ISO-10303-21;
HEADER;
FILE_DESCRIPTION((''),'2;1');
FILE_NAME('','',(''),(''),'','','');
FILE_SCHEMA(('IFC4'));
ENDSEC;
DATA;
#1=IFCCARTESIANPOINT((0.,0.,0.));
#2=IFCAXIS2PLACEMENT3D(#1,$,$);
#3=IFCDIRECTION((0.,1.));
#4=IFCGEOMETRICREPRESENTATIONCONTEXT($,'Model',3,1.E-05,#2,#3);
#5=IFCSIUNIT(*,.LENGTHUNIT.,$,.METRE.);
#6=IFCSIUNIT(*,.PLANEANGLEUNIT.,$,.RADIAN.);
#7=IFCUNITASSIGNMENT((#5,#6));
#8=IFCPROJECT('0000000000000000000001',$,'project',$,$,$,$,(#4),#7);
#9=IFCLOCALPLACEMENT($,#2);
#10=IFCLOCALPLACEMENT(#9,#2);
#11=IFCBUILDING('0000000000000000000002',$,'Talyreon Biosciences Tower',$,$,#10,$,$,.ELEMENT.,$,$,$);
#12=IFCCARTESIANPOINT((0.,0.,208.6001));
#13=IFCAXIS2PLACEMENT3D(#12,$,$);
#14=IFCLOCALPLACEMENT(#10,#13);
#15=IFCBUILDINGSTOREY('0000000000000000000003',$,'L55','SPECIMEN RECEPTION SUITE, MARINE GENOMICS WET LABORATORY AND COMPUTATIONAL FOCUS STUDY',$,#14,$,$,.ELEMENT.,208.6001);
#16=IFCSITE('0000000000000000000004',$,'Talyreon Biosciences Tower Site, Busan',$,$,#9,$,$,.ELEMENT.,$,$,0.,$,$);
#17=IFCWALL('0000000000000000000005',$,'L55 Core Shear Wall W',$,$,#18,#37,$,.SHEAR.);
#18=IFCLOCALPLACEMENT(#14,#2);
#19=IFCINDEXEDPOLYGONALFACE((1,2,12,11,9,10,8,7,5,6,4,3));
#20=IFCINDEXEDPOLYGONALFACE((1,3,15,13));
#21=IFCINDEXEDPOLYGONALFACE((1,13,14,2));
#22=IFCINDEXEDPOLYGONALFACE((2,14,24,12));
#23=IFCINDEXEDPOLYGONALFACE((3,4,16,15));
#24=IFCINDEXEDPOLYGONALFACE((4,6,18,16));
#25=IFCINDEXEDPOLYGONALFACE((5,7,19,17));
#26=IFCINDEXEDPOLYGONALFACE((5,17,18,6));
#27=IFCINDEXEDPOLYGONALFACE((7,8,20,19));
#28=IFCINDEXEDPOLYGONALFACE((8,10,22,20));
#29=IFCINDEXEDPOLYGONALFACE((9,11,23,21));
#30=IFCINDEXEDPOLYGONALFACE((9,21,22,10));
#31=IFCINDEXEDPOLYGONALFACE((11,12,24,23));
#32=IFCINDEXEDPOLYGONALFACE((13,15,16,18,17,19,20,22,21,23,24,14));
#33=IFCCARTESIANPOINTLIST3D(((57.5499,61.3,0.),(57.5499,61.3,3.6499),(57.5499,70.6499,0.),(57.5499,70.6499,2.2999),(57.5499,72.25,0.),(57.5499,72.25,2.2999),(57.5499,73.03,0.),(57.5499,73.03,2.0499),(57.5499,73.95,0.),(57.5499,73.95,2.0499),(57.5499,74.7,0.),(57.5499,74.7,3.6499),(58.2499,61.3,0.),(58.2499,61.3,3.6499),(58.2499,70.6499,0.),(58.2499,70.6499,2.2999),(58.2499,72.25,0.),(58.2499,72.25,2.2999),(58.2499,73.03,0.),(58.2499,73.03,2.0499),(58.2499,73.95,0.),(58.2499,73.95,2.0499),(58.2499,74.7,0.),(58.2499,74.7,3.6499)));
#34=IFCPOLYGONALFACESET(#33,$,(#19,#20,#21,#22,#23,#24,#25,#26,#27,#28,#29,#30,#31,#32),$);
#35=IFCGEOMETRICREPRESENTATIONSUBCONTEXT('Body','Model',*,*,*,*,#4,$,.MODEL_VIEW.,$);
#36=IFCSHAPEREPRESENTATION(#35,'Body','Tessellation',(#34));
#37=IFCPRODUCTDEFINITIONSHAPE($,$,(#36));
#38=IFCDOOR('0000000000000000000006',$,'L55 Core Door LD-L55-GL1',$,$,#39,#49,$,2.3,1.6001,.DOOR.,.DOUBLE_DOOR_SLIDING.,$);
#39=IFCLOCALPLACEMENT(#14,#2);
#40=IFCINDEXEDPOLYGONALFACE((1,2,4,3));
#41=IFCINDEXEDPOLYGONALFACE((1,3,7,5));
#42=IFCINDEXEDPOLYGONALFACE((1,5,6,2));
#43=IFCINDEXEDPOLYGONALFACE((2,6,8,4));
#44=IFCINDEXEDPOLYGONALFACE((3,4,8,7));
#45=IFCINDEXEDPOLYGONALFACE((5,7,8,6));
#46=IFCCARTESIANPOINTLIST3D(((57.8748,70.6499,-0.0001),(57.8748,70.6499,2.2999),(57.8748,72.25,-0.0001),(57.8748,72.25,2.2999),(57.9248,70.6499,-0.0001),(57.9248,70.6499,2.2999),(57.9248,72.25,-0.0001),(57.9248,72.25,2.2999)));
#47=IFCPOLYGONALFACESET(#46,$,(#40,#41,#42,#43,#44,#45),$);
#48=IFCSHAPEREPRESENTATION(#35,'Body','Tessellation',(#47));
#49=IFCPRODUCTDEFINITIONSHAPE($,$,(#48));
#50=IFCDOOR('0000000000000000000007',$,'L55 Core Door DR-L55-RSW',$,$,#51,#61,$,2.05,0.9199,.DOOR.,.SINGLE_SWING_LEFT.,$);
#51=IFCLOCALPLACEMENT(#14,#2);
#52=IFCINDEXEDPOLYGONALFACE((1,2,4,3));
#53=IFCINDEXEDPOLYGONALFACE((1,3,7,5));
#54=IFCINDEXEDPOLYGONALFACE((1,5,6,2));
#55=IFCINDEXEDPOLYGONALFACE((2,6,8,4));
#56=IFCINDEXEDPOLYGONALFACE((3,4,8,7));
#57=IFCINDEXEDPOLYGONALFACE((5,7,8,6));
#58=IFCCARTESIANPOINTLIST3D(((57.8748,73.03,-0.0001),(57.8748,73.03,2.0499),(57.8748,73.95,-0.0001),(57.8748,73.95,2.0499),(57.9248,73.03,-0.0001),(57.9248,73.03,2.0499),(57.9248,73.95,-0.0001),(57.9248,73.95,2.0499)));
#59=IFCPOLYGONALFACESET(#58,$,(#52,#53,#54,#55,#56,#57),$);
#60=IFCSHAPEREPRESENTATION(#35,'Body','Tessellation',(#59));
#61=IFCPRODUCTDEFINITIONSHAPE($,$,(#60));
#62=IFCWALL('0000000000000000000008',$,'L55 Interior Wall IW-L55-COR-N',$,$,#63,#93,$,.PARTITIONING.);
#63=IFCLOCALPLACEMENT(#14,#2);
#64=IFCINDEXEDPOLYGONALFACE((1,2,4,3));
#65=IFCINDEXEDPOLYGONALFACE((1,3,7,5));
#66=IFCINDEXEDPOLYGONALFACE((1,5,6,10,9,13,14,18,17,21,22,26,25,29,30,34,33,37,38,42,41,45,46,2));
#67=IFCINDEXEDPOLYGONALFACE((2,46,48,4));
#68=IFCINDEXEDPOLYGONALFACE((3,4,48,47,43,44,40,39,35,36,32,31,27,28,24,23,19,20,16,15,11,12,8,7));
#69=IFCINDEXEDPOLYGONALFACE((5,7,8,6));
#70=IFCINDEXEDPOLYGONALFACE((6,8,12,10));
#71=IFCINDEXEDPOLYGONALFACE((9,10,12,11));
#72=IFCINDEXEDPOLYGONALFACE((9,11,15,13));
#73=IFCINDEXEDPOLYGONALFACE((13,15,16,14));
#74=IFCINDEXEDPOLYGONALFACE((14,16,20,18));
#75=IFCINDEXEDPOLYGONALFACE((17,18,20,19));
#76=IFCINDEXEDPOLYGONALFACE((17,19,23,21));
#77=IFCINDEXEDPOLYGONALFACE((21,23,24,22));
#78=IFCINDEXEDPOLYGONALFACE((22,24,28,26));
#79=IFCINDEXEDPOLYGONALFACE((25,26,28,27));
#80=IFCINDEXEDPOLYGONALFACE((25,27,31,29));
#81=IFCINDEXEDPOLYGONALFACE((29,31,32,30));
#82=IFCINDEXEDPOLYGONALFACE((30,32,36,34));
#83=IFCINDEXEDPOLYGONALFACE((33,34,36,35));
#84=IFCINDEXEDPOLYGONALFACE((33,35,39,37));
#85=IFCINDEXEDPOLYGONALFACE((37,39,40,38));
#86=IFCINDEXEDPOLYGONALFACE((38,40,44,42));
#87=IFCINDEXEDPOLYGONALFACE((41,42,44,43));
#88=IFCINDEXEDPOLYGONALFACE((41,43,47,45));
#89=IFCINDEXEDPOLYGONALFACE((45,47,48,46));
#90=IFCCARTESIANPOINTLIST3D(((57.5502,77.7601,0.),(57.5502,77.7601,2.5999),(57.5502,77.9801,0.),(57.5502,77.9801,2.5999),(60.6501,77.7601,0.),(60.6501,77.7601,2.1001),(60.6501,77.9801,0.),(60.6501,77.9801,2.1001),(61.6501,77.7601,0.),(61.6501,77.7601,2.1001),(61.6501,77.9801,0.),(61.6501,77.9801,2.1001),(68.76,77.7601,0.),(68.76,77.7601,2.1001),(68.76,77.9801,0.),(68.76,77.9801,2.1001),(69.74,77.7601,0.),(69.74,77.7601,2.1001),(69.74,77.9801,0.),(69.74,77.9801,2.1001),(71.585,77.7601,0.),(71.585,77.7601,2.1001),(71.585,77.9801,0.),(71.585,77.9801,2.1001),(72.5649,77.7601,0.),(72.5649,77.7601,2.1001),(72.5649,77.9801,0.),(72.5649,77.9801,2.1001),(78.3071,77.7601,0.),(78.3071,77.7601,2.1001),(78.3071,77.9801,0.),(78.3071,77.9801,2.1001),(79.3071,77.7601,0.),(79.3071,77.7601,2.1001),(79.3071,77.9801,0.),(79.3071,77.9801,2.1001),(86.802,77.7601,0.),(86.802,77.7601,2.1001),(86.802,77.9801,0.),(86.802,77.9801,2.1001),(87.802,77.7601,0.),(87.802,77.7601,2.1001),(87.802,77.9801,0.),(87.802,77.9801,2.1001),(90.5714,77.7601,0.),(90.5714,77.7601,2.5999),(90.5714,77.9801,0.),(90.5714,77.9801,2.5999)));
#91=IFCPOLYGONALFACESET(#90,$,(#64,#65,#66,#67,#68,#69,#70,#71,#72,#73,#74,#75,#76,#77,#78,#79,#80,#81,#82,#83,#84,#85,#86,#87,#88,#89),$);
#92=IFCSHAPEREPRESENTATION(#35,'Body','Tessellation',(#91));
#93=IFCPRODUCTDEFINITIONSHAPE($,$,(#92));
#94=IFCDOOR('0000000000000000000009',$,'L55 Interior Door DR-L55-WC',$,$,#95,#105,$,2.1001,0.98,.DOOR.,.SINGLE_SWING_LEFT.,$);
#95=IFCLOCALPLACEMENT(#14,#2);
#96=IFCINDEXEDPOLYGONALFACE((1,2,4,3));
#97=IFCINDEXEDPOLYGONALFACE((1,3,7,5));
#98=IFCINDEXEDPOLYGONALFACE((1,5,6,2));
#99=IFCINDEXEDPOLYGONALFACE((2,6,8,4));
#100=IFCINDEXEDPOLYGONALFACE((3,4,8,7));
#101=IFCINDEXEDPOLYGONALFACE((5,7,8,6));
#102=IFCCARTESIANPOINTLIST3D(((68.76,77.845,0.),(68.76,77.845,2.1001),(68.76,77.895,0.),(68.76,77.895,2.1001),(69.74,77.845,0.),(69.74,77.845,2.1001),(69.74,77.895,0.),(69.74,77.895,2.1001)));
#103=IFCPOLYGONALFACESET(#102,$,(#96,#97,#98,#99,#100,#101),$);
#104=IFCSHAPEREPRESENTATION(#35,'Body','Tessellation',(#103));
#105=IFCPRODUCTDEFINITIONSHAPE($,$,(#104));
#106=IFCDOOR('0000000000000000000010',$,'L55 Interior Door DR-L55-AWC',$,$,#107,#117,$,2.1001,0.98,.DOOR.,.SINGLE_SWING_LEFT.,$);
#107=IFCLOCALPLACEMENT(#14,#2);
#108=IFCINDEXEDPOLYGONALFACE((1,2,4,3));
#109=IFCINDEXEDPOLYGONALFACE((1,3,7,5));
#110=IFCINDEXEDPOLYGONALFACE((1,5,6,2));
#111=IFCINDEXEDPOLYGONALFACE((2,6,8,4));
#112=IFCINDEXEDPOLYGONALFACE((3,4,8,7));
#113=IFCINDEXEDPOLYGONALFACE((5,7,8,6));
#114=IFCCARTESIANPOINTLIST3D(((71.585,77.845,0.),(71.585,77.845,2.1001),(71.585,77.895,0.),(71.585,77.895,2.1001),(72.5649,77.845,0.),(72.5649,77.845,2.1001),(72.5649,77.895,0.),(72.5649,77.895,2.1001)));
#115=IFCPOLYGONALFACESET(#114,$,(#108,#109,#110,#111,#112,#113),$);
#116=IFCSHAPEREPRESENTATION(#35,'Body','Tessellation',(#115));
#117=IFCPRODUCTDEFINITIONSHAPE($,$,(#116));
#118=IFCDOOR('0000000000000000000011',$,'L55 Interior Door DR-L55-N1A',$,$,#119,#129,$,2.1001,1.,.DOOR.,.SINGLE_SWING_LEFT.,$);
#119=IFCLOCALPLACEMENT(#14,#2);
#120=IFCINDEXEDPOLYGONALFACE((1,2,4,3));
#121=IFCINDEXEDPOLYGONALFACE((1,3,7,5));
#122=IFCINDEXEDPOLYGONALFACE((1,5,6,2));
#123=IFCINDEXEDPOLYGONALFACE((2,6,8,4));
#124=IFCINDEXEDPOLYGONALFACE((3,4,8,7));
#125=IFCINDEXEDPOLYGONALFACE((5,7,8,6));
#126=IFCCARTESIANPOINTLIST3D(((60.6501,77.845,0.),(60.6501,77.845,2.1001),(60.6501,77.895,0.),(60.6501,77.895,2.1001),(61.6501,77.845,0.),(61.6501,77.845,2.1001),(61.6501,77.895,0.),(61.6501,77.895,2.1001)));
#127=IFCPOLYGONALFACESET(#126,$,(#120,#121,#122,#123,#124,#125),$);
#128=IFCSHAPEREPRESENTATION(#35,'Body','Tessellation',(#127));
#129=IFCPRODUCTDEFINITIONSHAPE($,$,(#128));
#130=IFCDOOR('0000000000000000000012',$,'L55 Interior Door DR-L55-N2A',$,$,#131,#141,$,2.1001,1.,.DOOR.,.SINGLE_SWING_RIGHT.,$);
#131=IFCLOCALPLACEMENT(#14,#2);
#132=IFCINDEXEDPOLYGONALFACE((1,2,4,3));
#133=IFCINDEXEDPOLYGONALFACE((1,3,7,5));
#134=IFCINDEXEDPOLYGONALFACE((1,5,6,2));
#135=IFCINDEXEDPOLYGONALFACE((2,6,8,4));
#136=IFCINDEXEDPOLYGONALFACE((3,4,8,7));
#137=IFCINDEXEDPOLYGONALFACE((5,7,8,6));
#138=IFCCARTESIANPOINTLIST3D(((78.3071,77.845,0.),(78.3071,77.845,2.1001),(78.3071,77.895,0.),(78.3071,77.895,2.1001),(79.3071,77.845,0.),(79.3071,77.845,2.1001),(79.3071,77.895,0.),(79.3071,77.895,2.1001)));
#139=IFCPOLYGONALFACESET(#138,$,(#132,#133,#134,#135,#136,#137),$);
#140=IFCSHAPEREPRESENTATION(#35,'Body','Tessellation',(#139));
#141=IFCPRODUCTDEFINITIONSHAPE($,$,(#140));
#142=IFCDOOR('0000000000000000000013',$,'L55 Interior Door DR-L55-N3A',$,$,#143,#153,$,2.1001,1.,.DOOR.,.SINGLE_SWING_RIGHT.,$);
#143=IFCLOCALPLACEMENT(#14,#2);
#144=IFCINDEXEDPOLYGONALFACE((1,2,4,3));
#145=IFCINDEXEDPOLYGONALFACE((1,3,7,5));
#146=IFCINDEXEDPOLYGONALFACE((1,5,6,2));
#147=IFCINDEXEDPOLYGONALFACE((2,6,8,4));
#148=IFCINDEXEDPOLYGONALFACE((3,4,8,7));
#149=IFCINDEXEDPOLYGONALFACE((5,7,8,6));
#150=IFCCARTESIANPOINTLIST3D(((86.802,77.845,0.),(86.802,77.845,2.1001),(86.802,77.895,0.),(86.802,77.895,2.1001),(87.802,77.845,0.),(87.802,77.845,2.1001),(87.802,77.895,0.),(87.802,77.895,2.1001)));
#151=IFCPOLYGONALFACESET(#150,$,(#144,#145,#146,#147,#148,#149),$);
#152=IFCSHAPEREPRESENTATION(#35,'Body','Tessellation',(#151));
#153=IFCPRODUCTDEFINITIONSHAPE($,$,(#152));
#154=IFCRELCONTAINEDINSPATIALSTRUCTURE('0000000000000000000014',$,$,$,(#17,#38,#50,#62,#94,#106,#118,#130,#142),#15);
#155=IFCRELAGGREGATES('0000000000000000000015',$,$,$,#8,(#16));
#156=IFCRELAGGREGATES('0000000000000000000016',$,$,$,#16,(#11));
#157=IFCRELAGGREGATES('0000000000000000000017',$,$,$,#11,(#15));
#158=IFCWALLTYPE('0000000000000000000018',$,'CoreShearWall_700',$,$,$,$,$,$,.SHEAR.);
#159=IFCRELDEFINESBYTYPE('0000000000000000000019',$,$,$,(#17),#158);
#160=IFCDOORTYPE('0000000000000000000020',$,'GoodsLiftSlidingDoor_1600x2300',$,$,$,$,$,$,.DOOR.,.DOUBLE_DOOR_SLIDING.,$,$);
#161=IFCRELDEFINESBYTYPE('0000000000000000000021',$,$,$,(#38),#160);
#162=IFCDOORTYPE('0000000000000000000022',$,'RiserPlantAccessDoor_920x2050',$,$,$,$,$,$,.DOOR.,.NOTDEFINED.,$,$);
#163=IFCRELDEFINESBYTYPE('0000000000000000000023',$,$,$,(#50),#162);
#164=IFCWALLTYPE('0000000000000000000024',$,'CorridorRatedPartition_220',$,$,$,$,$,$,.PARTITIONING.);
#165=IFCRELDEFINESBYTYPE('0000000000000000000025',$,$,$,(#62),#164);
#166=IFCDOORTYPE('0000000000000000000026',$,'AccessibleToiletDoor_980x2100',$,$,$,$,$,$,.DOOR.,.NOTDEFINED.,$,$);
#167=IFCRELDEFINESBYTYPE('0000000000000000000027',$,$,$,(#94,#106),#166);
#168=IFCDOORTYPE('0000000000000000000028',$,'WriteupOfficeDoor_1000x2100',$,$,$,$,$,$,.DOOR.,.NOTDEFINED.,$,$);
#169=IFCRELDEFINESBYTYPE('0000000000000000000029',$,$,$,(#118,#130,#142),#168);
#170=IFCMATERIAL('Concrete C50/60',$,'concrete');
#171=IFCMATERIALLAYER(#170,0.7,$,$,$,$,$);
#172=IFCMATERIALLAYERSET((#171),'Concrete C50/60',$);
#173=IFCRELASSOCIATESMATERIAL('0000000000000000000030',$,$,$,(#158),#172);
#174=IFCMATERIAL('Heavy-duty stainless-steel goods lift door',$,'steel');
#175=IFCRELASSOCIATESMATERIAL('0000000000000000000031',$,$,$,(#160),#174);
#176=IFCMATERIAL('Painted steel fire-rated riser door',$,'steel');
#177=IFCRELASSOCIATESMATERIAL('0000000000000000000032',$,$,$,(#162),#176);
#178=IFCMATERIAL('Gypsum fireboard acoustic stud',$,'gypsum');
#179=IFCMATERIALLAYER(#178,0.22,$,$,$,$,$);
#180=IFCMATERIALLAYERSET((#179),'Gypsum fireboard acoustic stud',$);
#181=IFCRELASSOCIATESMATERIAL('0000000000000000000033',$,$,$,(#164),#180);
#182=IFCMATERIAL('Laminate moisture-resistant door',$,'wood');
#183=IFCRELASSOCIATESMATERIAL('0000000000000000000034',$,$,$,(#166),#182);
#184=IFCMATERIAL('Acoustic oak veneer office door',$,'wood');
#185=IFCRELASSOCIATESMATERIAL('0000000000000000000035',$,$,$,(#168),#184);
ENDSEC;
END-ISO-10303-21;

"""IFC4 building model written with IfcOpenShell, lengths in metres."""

from ifc_helpers import new_model, si_unit, direction, frame, frame_2d, origin, place, context, subcontext, project, spatial, rectangle, extrude, material, layer, layer_set, type_object, element, fill, save


model = new_model("IFC4")

# Units and contexts
model_context = context("Model", 3, precision=1e-05, world=origin(), true_north=direction((0.0, 1.0)))
body_context = subcontext(model_context, "Body", "Model", "MODEL_VIEW")
ifc_project = project(units=[si_unit("LENGTHUNIT", "METRE"), si_unit("PLANEANGLEUNIT", "RADIAN")], contexts=[model_context])

# Site, building, storey
site_placement = place(None, origin())
site = spatial("IfcSite", under=ifc_project, at=site_placement, Name="Talyreon Biosciences Tower Site, Busan", CompositionType="ELEMENT", RefElevation=0.0)
building_placement = place(site_placement, origin())
building = spatial("IfcBuilding", under=site, at=building_placement, Name="Talyreon Biosciences Tower", CompositionType="ELEMENT")
storey_placement = place(building_placement, frame((0.0, 0.0, 208.6001)))
storey = spatial("IfcBuildingStorey", under=building, at=storey_placement, Name="L55", Description="SPECIMEN RECEPTION SUITE, MARINE GENOMICS WET LABORATORY AND COMPUTATIONAL FOCUS STUDY", CompositionType="ELEMENT", Elevation=208.6001)

# Shared definitions
ifc_material_1 = material(Name="Concrete C50/60", Category="concrete")

# Shared definitions
ifc_layer_1 = layer(ifc_material_1, 0.7)
ifc_layer_set_1 = layer_set([ifc_layer_1], Name="Concrete C50/60")
wall_type_1 = type_object("IfcWallType", Name="CoreShearWall_700", PredefinedType="SHEAR", material=ifc_layer_set_1)

# Walls, openings, doors
wall_1_placement = place(storey_placement, frame((57.8999, 74.7, 0.0), z_axis=(0.0, 0.0, 1.0), x_axis=(0.0, -1.0, 0.0)))
wall_1 = element("IfcWall", 1, at=wall_1_placement, inside=storey, type_object=wall_type_1, Name="L55 Core Shear Wall W", PredefinedType="SHEAR", context=body_context, shape_type="SweptSolid", body=[
    extrude(rectangle(XDim=13.3999, YDim=0.7, at=frame_2d((6.7, 0.0))), origin(), (0.0, 0.0, 1.0), 3.6499),
])
opening_1_placement = place(wall_1_placement, frame((0.75, 0.0, 0.0)))
opening_1 = element("IfcOpeningElement", 2, at=opening_1_placement, cuts=wall_1, PredefinedType="OPENING", context=body_context, shape_type="SweptSolid", body=[
    extrude(rectangle(XDim=0.9199, YDim=2.05, at=frame_2d((0.46, 1.0249))), frame((0.0, 0.3599, 0.0), z_axis=(0.0, -1.0, 0.0), x_axis=(1.0, 0.0, 0.0)), (0.0, 0.0, 1.0), 0.72),
])
opening_2_placement = place(wall_1_placement, frame((2.45, 0.0, 0.0)))
opening_2 = element("IfcOpeningElement", 3, at=opening_2_placement, cuts=wall_1, PredefinedType="OPENING", context=body_context, shape_type="SweptSolid", body=[
    extrude(rectangle(XDim=1.6001, YDim=2.3, at=frame_2d((0.8, 1.1499))), frame((0.0, 0.3599, 0.0), z_axis=(0.0, -1.0, 0.0), x_axis=(1.0, 0.0, 0.0)), (0.0, 0.0, 1.0), 0.72),
])
ifc_material_2 = material(Name="Heavy-duty stainless-steel goods lift door", Category="steel")
door_type_1 = type_object("IfcDoorType", Name="GoodsLiftSlidingDoor_1600x2300", OperationType="DOUBLE_DOOR_SLIDING", PredefinedType="DOOR", material=ifc_material_2)
door_1_placement = place(opening_2_placement, origin())
door_1 = element("IfcDoor", 4, at=door_1_placement, inside=storey, type_object=door_type_1, Name="L55 Core Door LD-L55-GL1", OperationType="DOUBLE_DOOR_SLIDING", OverallHeight=2.3, OverallWidth=1.6001, PredefinedType="DOOR", context=body_context, shape_type="SweptSolid", body=[
    extrude(rectangle(XDim=1.6001, YDim=2.3, at=frame_2d((0.8, 1.1499))), frame((0.0, 0.0249, 0.0), z_axis=(0.0, -1.0, 0.0), x_axis=(1.0, 0.0, 0.0)), (0.0, 0.0, 1.0), 0.05),
])
fill(opening_2, door_1)
ifc_material_3 = material(Name="Painted steel fire-rated riser door", Category="steel")
door_type_2 = type_object("IfcDoorType", Name="RiserPlantAccessDoor_920x2050", OperationType="NOTDEFINED", PredefinedType="DOOR", material=ifc_material_3)
door_2_placement = place(opening_1_placement, origin())
door_2 = element("IfcDoor", 5, at=door_2_placement, inside=storey, type_object=door_type_2, Name="L55 Core Door DR-L55-RSW", OperationType="SINGLE_SWING_LEFT", OverallHeight=2.05, OverallWidth=0.9199, PredefinedType="DOOR", context=body_context, shape_type="SweptSolid", body=[
    extrude(rectangle(XDim=0.9199, YDim=2.05, at=frame_2d((0.46, 1.0249))), frame((0.0, 0.0249, 0.0), z_axis=(0.0, -1.0, 0.0), x_axis=(1.0, 0.0, 0.0)), (0.0, 0.0, 1.0), 0.05),
])
fill(opening_1, door_2)
ifc_material_4 = material(Name="Gypsum fireboard acoustic stud", Category="gypsum")
ifc_layer_2 = layer(ifc_material_4, 0.22)
ifc_layer_set_2 = layer_set([ifc_layer_2], Name="Gypsum fireboard acoustic stud")
wall_type_2 = type_object("IfcWallType", Name="CorridorRatedPartition_220", PredefinedType="PARTITIONING", material=ifc_layer_set_2)
wall_2_placement = place(storey_placement, frame((57.55, 77.8701, 0.0), z_axis=(0.0, 0.0, 1.0), x_axis=(1.0, 0.0, 0.0)))
wall_2 = element("IfcWall", 6, at=wall_2_placement, inside=storey, type_object=wall_type_2, Name="L55 Interior Wall IW-L55-COR-N", PredefinedType="PARTITIONING", context=body_context, shape_type="SweptSolid", body=[
    extrude(rectangle(XDim=33.0212, YDim=0.22, at=frame_2d((16.5107, 0.0))), origin(), (0.0, 0.0, 1.0), 2.5999),
])
opening_3_placement = place(wall_2_placement, frame((11.21, 0.0, 0.0)))
opening_3 = element("IfcOpeningElement", 7, at=opening_3_placement, cuts=wall_2, PredefinedType="OPENING", context=body_context, shape_type="SweptSolid", body=[
    extrude(rectangle(XDim=0.98, YDim=2.1001, at=frame_2d((0.49, 1.05))), frame((0.0, 0.1199, 0.0), z_axis=(0.0, -1.0, 0.0), x_axis=(1.0, 0.0, 0.0)), (0.0, 0.0, 1.0), 0.24),
])
opening_4_placement = place(wall_2_placement, frame((14.0349, 0.0, 0.0)))
opening_4 = element("IfcOpeningElement", 8, at=opening_4_placement, cuts=wall_2, PredefinedType="OPENING", context=body_context, shape_type="SweptSolid", body=[
    extrude(rectangle(XDim=0.98, YDim=2.1001, at=frame_2d((0.49, 1.05))), frame((0.0, 0.1199, 0.0), z_axis=(0.0, -1.0, 0.0), x_axis=(1.0, 0.0, 0.0)), (0.0, 0.0, 1.0), 0.24),
])
opening_5_placement = place(wall_2_placement, frame((3.1001, 0.0, 0.0)))
opening_5 = element("IfcOpeningElement", 9, at=opening_5_placement, cuts=wall_2, PredefinedType="OPENING", context=body_context, shape_type="SweptSolid", body=[
    extrude(rectangle(XDim=1.0, YDim=2.1001, at=frame_2d((0.5, 1.05))), frame((0.0, 0.1199, 0.0), z_axis=(0.0, -1.0, 0.0), x_axis=(1.0, 0.0, 0.0)), (0.0, 0.0, 1.0), 0.24),
])
opening_6_placement = place(wall_2_placement, frame((20.7571, 0.0, 0.0)))
opening_6 = element("IfcOpeningElement", 10, at=opening_6_placement, cuts=wall_2, PredefinedType="OPENING", context=body_context, shape_type="SweptSolid", body=[
    extrude(rectangle(XDim=1.0, YDim=2.1001, at=frame_2d((0.5, 1.05))), frame((0.0, 0.1199, 0.0), z_axis=(0.0, -1.0, 0.0), x_axis=(1.0, 0.0, 0.0)), (0.0, 0.0, 1.0), 0.24),
])
opening_7_placement = place(wall_2_placement, frame((29.252, 0.0, 0.0)))
opening_7 = element("IfcOpeningElement", 11, at=opening_7_placement, cuts=wall_2, PredefinedType="OPENING", context=body_context, shape_type="SweptSolid", body=[
    extrude(rectangle(XDim=1.0, YDim=2.1001, at=frame_2d((0.5, 1.05))), frame((0.0, 0.1199, 0.0), z_axis=(0.0, -1.0, 0.0), x_axis=(1.0, 0.0, 0.0)), (0.0, 0.0, 1.0), 0.24),
])
ifc_material_5 = material(Name="Laminate moisture-resistant door", Category="wood")
door_type_3 = type_object("IfcDoorType", Name="AccessibleToiletDoor_980x2100", OperationType="NOTDEFINED", PredefinedType="DOOR", material=ifc_material_5)
door_3_placement = place(opening_3_placement, origin())
door_3 = element("IfcDoor", 12, at=door_3_placement, inside=storey, type_object=door_type_3, Name="L55 Interior Door DR-L55-WC", OperationType="SINGLE_SWING_LEFT", OverallHeight=2.1001, OverallWidth=0.98, PredefinedType="DOOR", context=body_context, shape_type="SweptSolid", body=[
    extrude(rectangle(XDim=0.98, YDim=2.1001, at=frame_2d((0.49, 1.05))), frame((0.0, 0.0249, 0.0), z_axis=(0.0, -1.0, 0.0), x_axis=(1.0, 0.0, 0.0)), (0.0, 0.0, 1.0), 0.05),
])
fill(opening_3, door_3)
door_4_placement = place(opening_4_placement, origin())
door_4 = element("IfcDoor", 13, at=door_4_placement, inside=storey, type_object=door_type_3, Name="L55 Interior Door DR-L55-AWC", OperationType="SINGLE_SWING_LEFT", OverallHeight=2.1001, OverallWidth=0.98, PredefinedType="DOOR", context=body_context, shape_type="SweptSolid", body=[
    extrude(rectangle(XDim=0.98, YDim=2.1001, at=frame_2d((0.49, 1.05))), frame((0.0, 0.0249, 0.0), z_axis=(0.0, -1.0, 0.0), x_axis=(1.0, 0.0, 0.0)), (0.0, 0.0, 1.0), 0.05),
])
fill(opening_4, door_4)
ifc_material_6 = material(Name="Acoustic oak veneer office door", Category="wood")
door_type_4 = type_object("IfcDoorType", Name="WriteupOfficeDoor_1000x2100", OperationType="NOTDEFINED", PredefinedType="DOOR", material=ifc_material_6)
door_5_placement = place(opening_5_placement, origin())
door_5 = element("IfcDoor", 14, at=door_5_placement, inside=storey, type_object=door_type_4, Name="L55 Interior Door DR-L55-N1A", OperationType="SINGLE_SWING_LEFT", OverallHeight=2.1001, OverallWidth=1.0, PredefinedType="DOOR", context=body_context, shape_type="SweptSolid", body=[
    extrude(rectangle(XDim=1.0, YDim=2.1001, at=frame_2d((0.5, 1.05))), frame((0.0, 0.0249, 0.0), z_axis=(0.0, -1.0, 0.0), x_axis=(1.0, 0.0, 0.0)), (0.0, 0.0, 1.0), 0.05),
])
fill(opening_5, door_5)
door_6_placement = place(opening_6_placement, origin())
door_6 = element("IfcDoor", 15, at=door_6_placement, inside=storey, type_object=door_type_4, Name="L55 Interior Door DR-L55-N2A", OperationType="SINGLE_SWING_RIGHT", OverallHeight=2.1001, OverallWidth=1.0, PredefinedType="DOOR", context=body_context, shape_type="SweptSolid", body=[
    extrude(rectangle(XDim=1.0, YDim=2.1001, at=frame_2d((0.5, 1.05))), frame((0.0, 0.0249, 0.0), z_axis=(0.0, -1.0, 0.0), x_axis=(1.0, 0.0, 0.0)), (0.0, 0.0, 1.0), 0.05),
])
fill(opening_6, door_6)
door_7_placement = place(opening_7_placement, origin())
door_7 = element("IfcDoor", 16, at=door_7_placement, inside=storey, type_object=door_type_4, Name="L55 Interior Door DR-L55-N3A", OperationType="SINGLE_SWING_RIGHT", OverallHeight=2.1001, OverallWidth=1.0, PredefinedType="DOOR", context=body_context, shape_type="SweptSolid", body=[
    extrude(rectangle(XDim=1.0, YDim=2.1001, at=frame_2d((0.5, 1.05))), frame((0.0, 0.0249, 0.0), z_axis=(0.0, -1.0, 0.0), x_axis=(1.0, 0.0, 0.0)), (0.0, 0.0, 1.0), 0.05),
])
fill(opening_7, door_7)

save(model, "model.ifc")
